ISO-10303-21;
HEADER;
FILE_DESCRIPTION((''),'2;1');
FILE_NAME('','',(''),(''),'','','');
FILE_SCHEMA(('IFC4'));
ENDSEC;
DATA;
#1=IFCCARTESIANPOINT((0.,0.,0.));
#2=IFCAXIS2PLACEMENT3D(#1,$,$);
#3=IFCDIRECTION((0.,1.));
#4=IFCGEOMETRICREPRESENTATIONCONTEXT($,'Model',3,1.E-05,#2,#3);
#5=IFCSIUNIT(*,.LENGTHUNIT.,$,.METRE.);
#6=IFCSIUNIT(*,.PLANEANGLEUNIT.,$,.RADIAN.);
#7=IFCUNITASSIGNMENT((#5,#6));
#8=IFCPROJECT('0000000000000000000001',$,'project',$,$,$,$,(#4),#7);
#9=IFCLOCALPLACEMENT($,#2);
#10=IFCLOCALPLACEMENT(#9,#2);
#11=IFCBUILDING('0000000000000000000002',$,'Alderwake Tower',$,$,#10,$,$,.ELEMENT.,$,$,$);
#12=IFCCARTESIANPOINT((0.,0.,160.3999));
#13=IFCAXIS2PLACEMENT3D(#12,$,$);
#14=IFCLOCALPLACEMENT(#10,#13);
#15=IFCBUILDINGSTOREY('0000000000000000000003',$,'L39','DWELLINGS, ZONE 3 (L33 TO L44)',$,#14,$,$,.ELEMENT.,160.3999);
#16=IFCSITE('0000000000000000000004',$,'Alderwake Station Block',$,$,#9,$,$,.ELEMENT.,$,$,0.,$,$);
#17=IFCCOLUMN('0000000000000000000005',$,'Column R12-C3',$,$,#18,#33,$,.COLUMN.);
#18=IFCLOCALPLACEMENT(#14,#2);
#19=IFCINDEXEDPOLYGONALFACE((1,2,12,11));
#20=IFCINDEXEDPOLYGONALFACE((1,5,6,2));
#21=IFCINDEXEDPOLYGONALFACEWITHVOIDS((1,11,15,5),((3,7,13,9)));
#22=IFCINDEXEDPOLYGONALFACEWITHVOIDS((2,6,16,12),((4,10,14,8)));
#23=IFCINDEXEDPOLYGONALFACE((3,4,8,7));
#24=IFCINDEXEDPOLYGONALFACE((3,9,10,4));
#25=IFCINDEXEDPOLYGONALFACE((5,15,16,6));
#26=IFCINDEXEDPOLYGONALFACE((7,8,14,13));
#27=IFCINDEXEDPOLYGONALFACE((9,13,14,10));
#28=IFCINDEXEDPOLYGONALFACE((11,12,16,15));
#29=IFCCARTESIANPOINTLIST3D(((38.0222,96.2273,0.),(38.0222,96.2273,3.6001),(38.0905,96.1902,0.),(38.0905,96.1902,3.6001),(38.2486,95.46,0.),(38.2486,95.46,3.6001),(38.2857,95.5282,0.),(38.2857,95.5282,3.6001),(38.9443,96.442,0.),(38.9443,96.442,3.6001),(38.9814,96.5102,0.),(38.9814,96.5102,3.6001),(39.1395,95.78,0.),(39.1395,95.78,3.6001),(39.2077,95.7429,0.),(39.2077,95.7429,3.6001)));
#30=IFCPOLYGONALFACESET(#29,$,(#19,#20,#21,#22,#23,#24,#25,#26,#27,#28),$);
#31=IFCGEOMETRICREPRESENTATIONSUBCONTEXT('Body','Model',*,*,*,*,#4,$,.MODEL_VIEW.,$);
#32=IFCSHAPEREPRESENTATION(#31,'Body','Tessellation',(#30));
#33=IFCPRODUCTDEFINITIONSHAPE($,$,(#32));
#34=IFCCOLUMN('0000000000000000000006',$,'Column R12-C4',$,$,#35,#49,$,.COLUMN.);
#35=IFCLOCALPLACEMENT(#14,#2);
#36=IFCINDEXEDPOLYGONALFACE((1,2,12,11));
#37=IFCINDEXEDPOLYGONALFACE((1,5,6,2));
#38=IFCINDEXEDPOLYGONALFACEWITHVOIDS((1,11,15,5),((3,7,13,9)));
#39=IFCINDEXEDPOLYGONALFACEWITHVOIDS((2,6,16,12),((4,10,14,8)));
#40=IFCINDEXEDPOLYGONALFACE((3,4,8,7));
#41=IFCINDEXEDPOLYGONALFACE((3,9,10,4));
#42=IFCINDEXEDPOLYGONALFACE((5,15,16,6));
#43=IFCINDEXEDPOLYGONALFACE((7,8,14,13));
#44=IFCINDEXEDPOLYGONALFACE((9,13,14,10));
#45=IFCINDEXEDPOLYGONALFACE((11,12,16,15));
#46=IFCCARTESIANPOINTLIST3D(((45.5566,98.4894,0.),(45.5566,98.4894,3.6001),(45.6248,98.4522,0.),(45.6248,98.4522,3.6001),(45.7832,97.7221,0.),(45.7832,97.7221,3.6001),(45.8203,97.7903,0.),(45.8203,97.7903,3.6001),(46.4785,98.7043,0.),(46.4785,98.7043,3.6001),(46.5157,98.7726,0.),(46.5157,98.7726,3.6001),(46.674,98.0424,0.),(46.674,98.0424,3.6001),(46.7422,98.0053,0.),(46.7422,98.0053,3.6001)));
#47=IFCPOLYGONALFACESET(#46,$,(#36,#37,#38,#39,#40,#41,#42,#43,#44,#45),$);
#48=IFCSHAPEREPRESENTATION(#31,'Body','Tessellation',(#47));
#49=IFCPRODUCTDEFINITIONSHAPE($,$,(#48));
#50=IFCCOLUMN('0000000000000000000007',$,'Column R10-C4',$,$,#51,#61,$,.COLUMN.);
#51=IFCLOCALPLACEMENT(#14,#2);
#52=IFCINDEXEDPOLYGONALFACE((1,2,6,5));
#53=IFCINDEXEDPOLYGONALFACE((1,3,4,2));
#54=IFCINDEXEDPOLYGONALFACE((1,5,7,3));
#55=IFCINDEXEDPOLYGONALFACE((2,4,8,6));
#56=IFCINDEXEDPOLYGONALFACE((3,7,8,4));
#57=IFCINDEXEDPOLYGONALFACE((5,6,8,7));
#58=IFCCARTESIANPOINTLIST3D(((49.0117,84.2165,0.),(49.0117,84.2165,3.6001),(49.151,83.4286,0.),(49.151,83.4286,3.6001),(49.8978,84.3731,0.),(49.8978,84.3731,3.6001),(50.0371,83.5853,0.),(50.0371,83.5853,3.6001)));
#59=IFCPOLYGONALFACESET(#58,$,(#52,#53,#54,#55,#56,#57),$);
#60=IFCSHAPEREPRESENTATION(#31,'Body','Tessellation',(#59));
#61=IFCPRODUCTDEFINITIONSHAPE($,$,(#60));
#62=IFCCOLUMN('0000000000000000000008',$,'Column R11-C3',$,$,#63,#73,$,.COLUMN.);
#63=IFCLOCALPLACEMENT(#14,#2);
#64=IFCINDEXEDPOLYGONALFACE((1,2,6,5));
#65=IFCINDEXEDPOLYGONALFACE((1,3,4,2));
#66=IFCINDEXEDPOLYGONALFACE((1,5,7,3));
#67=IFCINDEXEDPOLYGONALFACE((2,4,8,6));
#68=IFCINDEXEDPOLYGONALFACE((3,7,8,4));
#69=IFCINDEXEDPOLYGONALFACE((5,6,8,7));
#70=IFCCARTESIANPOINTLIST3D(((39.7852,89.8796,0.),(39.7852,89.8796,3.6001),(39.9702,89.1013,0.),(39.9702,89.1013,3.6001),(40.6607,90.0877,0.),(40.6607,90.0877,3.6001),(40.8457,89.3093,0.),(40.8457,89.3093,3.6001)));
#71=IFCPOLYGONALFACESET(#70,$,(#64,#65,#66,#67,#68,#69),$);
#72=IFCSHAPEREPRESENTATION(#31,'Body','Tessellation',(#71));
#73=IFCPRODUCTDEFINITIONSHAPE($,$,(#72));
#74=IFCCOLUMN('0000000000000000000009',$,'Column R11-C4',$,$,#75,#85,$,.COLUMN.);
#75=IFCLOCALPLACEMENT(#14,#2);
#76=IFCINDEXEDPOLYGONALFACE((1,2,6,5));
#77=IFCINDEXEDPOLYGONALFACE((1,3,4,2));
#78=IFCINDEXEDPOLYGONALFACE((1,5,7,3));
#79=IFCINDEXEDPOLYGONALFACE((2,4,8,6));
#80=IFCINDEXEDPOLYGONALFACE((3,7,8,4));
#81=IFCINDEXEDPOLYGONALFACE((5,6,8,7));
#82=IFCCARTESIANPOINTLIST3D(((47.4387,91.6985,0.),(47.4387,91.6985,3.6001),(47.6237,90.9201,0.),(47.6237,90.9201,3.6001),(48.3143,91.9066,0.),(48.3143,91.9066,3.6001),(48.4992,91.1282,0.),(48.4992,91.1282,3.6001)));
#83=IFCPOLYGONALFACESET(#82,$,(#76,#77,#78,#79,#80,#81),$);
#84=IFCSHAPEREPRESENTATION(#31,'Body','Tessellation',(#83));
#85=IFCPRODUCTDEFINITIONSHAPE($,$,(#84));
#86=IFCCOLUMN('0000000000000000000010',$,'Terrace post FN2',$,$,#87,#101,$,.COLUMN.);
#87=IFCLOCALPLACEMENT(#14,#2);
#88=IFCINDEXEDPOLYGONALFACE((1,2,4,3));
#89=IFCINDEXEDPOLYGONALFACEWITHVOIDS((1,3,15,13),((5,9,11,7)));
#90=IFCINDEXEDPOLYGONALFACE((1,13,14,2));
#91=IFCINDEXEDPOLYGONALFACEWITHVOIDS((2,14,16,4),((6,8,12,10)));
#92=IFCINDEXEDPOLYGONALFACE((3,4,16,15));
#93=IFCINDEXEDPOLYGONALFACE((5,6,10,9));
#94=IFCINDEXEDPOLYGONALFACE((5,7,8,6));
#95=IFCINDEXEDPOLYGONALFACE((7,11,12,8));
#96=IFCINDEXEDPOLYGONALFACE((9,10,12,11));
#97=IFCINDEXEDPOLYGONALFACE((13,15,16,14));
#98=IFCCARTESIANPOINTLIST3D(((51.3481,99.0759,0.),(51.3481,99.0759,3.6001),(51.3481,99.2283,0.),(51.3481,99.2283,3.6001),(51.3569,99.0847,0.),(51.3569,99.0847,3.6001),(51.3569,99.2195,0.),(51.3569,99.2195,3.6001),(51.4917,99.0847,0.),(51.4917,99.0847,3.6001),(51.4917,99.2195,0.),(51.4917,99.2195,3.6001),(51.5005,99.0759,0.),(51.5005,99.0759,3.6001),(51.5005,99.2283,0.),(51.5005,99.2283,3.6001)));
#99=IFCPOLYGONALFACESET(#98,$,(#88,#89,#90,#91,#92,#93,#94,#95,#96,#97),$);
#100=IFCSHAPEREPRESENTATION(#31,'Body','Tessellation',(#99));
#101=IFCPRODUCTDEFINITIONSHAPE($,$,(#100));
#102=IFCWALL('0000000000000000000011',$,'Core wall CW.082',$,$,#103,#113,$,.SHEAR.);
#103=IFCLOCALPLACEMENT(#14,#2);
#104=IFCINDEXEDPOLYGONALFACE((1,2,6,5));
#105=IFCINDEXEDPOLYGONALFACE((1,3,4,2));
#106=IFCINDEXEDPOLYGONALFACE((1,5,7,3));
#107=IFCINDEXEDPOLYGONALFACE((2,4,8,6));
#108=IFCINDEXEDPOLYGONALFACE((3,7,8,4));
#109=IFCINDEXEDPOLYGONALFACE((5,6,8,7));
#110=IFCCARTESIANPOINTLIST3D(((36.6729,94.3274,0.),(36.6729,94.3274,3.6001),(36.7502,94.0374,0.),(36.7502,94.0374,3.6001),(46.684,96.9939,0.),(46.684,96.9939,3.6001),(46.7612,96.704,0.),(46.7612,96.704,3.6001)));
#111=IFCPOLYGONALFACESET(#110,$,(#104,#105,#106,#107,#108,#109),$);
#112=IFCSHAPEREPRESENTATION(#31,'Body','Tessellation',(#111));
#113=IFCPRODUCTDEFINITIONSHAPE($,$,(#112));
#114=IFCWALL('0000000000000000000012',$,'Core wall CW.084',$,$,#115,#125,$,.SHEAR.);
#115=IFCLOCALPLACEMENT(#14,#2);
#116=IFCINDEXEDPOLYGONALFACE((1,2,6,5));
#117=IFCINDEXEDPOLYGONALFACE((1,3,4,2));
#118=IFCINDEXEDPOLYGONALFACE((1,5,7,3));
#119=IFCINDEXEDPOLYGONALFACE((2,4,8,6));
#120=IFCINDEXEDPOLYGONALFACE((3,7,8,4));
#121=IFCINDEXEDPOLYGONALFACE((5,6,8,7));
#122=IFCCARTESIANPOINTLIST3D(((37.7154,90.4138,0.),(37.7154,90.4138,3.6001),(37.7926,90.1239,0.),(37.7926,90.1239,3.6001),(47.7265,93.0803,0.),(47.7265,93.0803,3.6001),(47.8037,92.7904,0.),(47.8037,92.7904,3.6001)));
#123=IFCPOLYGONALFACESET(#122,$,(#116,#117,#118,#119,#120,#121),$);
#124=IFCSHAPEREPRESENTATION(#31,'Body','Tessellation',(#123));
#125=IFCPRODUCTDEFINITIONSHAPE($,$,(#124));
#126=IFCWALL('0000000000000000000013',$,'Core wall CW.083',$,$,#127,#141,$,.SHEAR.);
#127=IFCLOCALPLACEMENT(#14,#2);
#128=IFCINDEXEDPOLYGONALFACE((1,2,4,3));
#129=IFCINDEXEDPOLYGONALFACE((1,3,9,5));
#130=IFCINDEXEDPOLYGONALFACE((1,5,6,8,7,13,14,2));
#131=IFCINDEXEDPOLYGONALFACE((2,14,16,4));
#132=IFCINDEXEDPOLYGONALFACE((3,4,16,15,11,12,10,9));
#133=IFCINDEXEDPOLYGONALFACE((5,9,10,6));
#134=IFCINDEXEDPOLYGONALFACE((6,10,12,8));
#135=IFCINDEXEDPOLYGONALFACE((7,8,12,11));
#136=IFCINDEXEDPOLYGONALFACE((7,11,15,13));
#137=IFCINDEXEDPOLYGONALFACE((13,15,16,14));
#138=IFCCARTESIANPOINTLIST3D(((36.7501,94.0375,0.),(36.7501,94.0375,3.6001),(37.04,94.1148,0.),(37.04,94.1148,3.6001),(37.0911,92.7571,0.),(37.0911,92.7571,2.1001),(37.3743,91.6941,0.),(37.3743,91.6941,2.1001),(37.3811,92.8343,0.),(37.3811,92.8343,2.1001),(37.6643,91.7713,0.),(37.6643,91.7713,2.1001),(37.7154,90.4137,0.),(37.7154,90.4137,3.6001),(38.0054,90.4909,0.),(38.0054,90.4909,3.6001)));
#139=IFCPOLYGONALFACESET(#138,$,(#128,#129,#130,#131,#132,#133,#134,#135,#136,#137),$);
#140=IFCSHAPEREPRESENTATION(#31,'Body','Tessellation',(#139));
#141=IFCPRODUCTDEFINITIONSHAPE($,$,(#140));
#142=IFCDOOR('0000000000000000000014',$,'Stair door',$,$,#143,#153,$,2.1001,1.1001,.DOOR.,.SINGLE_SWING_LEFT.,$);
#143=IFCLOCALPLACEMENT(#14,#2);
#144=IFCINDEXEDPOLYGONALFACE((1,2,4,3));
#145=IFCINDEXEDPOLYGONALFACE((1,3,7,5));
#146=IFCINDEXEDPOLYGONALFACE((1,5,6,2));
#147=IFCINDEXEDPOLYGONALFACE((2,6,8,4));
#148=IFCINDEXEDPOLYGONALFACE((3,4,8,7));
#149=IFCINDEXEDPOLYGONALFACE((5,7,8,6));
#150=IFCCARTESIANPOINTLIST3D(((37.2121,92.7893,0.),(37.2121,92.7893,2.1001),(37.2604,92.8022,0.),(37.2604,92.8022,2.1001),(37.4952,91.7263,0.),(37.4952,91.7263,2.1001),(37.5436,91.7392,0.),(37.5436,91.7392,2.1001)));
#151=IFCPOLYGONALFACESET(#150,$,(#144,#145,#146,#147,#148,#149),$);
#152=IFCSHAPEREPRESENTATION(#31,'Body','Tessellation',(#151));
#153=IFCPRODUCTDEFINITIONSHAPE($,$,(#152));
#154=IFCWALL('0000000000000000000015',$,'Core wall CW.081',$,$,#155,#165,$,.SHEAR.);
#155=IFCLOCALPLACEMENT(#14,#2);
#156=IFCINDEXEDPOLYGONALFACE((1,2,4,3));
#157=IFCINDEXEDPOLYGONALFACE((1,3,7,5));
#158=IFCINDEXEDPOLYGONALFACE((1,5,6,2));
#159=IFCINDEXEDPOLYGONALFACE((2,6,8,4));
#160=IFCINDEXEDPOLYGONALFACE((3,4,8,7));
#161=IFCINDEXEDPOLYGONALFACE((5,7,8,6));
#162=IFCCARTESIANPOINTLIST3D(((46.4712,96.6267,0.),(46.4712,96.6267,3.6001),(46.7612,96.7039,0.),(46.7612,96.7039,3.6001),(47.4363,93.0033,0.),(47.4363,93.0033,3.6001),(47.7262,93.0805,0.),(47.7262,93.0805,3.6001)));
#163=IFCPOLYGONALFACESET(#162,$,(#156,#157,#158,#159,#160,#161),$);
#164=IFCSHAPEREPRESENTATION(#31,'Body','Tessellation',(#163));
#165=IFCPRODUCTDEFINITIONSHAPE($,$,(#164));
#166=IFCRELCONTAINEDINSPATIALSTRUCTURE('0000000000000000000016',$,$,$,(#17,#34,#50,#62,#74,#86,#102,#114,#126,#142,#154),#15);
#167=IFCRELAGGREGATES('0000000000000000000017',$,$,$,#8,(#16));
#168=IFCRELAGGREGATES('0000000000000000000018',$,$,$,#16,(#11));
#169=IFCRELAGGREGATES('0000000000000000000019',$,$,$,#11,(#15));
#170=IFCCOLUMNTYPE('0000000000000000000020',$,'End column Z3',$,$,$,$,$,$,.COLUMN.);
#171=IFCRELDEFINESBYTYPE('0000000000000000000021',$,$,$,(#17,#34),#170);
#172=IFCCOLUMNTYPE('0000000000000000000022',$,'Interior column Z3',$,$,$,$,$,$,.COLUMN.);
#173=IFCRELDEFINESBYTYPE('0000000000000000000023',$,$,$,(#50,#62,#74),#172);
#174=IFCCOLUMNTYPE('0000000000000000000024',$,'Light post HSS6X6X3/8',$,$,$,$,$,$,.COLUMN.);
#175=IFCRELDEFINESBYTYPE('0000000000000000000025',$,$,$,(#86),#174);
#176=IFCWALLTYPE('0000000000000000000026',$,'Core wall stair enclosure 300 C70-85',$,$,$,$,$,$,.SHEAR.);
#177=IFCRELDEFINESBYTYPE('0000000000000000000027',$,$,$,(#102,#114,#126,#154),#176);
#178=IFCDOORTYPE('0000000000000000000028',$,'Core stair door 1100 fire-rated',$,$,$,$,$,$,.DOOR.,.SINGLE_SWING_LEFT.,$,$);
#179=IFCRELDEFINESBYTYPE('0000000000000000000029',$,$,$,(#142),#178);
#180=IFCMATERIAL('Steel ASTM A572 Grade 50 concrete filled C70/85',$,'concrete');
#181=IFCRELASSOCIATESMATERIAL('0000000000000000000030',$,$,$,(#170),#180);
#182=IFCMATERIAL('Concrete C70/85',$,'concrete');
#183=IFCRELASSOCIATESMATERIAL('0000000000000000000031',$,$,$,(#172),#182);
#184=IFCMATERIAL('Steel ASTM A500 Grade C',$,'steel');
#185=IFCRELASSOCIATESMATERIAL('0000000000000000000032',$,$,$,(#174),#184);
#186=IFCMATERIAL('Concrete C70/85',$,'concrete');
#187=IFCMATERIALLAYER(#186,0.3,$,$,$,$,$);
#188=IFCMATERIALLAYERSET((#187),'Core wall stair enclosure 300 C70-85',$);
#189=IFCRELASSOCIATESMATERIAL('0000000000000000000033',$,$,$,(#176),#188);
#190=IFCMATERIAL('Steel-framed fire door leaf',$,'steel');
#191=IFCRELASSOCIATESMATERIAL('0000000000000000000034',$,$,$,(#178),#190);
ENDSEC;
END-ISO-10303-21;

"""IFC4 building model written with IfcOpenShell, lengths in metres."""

from ifc_helpers import new_model, si_unit, direction, frame, frame_2d, origin, origin_2d, place, context, subcontext, project, spatial, rectangle, hollow_rectangle, extrude, material, layer, layer_set, material_profile, profile_set, type_object, element, fill, save


model = new_model("IFC4")

# Units and contexts
model_context = context("Model", 3, precision=1e-05, world=origin(), true_north=direction((0.0, 1.0)))
body_context = subcontext(model_context, "Body", "Model", "MODEL_VIEW")
ifc_project = project(units=[si_unit("LENGTHUNIT", "METRE"), si_unit("PLANEANGLEUNIT", "RADIAN")], contexts=[model_context])

# Site, building, storey
site_placement = place(None, origin())
site = spatial("IfcSite", under=ifc_project, at=site_placement, Name="Alderwake Station Block", CompositionType="ELEMENT", RefElevation=0.0)
building_placement = place(site_placement, origin())
building = spatial("IfcBuilding", under=site, at=building_placement, Name="Alderwake Tower", CompositionType="ELEMENT")
storey_placement = place(building_placement, frame((0.0, 0.0, 160.3999)))
storey = spatial("IfcBuildingStorey", under=building, at=storey_placement, Name="L39", Description="DWELLINGS, ZONE 3 (L33 TO L44)", CompositionType="ELEMENT", Elevation=160.3999)

# Columns
ifc_material_1 = material(Name="Steel ASTM A572 Grade 50 concrete filled C70/85", Category="concrete")
ifc_material_profile_1 = material_profile(ifc_material_1, hollow_rectangle(XDim=0.8, YDim=1.0, WallThickness=0.0549, at=origin_2d()), Name="BOX 1000X800X55")
ifc_profile_set_1 = profile_set([ifc_material_profile_1], Name="Steel ASTM A572 Grade 50 concrete filled C70/85")
column_type_1 = type_object("IfcColumnType", Name="End column Z3", PredefinedType="COLUMN", material=ifc_profile_set_1)
for number, where, z_axis, x_axis, name in (
    (1, (38.615, 95.9851, 0.0), (0.0, 0.0, 1.0), (-0.282899, 0.95915, 0.0), "Column R12-C3"),
    (2, (46.1494, 98.2473, 0.0), (0.0, 0.0, 1.0), (-0.283177, 0.959068, 0.0), "Column R12-C4"),
):
    element("IfcColumn", number, at=place(storey_placement, frame(where, z_axis=z_axis, x_axis=x_axis)), inside=storey, type_object=column_type_1, Name=name, PredefinedType="COLUMN", context=body_context, shape_type="SweptSolid", body=[
        extrude(hollow_rectangle(XDim=0.8, YDim=1.0, WallThickness=0.0549, at=origin_2d()), origin(), (0.0, 0.0, 1.0), 3.6001),
    ])
ifc_material_2 = material(Name="Concrete C70/85", Category="concrete")
ifc_material_profile_2 = material_profile(ifc_material_2, rectangle(XDim=0.8, YDim=0.8999, at=origin_2d()), Name="RC 900X800")
ifc_profile_set_2 = profile_set([ifc_material_profile_2], Name="Concrete C70/85")
column_type_2 = type_object("IfcColumnType", Name="Interior column Z3", PredefinedType="COLUMN", material=ifc_profile_set_2)
for number, where, z_axis, x_axis, name in (
    (3, (49.5244, 83.9009, 0.0), (0.0, 0.0, 1.0), (-0.174109, 0.984726, 0.0), "Column R10-C4"),
    (4, (40.3154, 89.5945, 0.0), (0.0, 0.0, 1.0), (-0.231222, 0.972901, 0.0), "Column R11-C3"),
    (5, (47.969, 91.4133, 0.0), (0.0, 0.0, 1.0), (-0.231222, 0.972901, 0.0), "Column R11-C4"),
):
    element("IfcColumn", number, at=place(storey_placement, frame(where, z_axis=z_axis, x_axis=x_axis)), inside=storey, type_object=column_type_2, Name=name, PredefinedType="COLUMN", context=body_context, shape_type="SweptSolid", body=[
        extrude(rectangle(XDim=0.8, YDim=0.8999, at=origin_2d()), origin(), (0.0, 0.0, 1.0), 3.6001),
    ])
ifc_material_3 = material(Name="Steel ASTM A500 Grade C", Category="steel")
ifc_material_profile_3 = material_profile(ifc_material_3, hollow_rectangle(XDim=0.1523, YDim=0.1523, WallThickness=0.0088, at=origin_2d()), Name="HSS6X6X3/8")
ifc_profile_set_3 = profile_set([ifc_material_profile_3], Name="Steel ASTM A500 Grade C")
column_type_3 = type_object("IfcColumnType", Name="Light post HSS6X6X3/8", PredefinedType="COLUMN", material=ifc_profile_set_3)
column_placement = place(storey_placement, frame((51.4243, 99.1521, 0.0), z_axis=(0.0, 0.0, 1.0), x_axis=(1.0, 0.0, 0.0)))
element("IfcColumn", 6, at=column_placement, inside=storey, type_object=column_type_3, Name="Terrace post FN2", PredefinedType="COLUMN", context=body_context, shape_type="SweptSolid", body=[
    extrude(hollow_rectangle(XDim=0.1523, YDim=0.1523, WallThickness=0.0088, at=origin_2d()), origin(), (0.0, 0.0, 1.0), 3.6001),
])

# Walls
ifc_material_4 = material(Name="Concrete C70/85", Category="concrete")
ifc_layer_1 = layer(ifc_material_4, 0.3)
ifc_layer_set_1 = layer_set([ifc_layer_1], Name="Core wall stair enclosure 300 C70-85")
wall_type_1 = type_object("IfcWallType", Name="Core wall stair enclosure 300 C70-85", PredefinedType="SHEAR", material=ifc_layer_set_1)
for number, where, z_axis, x_axis, name in (
    (7, (36.7114, 94.1824, 0.0), (0.0, 0.0, 1.0), (0.966309, 0.257384, 0.0), "Core wall CW.082"),
    (8, (37.7539, 90.2688, 0.0), (0.0, 0.0, 1.0), (0.966309, 0.257384, 0.0), "Core wall CW.084"),
):
    element("IfcWall", number, at=place(storey_placement, frame(where, z_axis=z_axis, x_axis=x_axis)), inside=storey, type_object=wall_type_1, Name=name, PredefinedType="SHEAR", context=body_context, shape_type="SweptSolid", body=[
        extrude(rectangle(XDim=10.3601, YDim=0.3, at=frame_2d((5.1802, 0.0))), origin(), (0.0, 0.0, 1.0), 3.6001),
    ])

# Wall, opening, door
wall_1_placement = place(storey_placement, frame((37.8604, 90.4524, 0.0), z_axis=(0.0, 0.0, 1.0), x_axis=(-0.257411, 0.966302, 0.0)))
wall_1 = element("IfcWall", 9, at=wall_1_placement, inside=storey, type_object=wall_type_1, Name="Core wall CW.083", PredefinedType="SHEAR", context=body_context, shape_type="SweptSolid", body=[
    extrude(rectangle(XDim=3.7502, YDim=0.3, at=frame_2d((1.875, 0.0))), origin(), (0.0, 0.0, 1.0), 3.6001),
])
opening_1_placement = place(wall_1_placement, frame((1.325, 0.0, 0.0)))
opening_1 = element("IfcOpeningElement", 10, at=opening_1_placement, cuts=wall_1, PredefinedType="OPENING", context=body_context, shape_type="SweptSolid", body=[
    extrude(rectangle(XDim=1.1001, YDim=2.1001, at=frame_2d((0.55, 1.05))), frame((0.0, 0.1599, 0.0), z_axis=(0.0, -1.0, 0.0), x_axis=(1.0, 0.0, 0.0)), (0.0, 0.0, 1.0), 0.3201),
])
ifc_material_5 = material(Name="Steel-framed fire door leaf", Category="steel")
door_type_1 = type_object("IfcDoorType", Name="Core stair door 1100 fire-rated", OperationType="SINGLE_SWING_LEFT", PredefinedType="DOOR", material=ifc_material_5)
door_1_placement = place(opening_1_placement, origin())
door_1 = element("IfcDoor", 11, at=door_1_placement, inside=storey, type_object=door_type_1, Name="Stair door", OperationType="SINGLE_SWING_LEFT", OverallHeight=2.1001, OverallWidth=1.1001, PredefinedType="DOOR", context=body_context, shape_type="SweptSolid", body=[
    extrude(rectangle(XDim=1.1001, YDim=2.1001, at=frame_2d((0.55, 1.05))), frame((0.0, 0.0249, 0.0), z_axis=(0.0, -1.0, 0.0), x_axis=(1.0, 0.0, 0.0)), (0.0, 0.0, 1.0), 0.05),
])
fill(opening_1, door_1)

# Wall
wall_2_placement = place(storey_placement, frame((47.5813, 93.0417, 0.0), z_axis=(0.0, 0.0, 1.0), x_axis=(-0.257367, 0.966314, 0.0)))
element("IfcWall", 12, at=wall_2_placement, inside=storey, type_object=wall_type_1, Name="Core wall CW.081", PredefinedType="SHEAR", context=body_context, shape_type="SweptSolid", body=[
    extrude(rectangle(XDim=3.7498, YDim=0.3, at=frame_2d((1.875, 0.0))), origin(), (0.0, 0.0, 1.0), 3.6001),
])

save(model, "model.ifc")
